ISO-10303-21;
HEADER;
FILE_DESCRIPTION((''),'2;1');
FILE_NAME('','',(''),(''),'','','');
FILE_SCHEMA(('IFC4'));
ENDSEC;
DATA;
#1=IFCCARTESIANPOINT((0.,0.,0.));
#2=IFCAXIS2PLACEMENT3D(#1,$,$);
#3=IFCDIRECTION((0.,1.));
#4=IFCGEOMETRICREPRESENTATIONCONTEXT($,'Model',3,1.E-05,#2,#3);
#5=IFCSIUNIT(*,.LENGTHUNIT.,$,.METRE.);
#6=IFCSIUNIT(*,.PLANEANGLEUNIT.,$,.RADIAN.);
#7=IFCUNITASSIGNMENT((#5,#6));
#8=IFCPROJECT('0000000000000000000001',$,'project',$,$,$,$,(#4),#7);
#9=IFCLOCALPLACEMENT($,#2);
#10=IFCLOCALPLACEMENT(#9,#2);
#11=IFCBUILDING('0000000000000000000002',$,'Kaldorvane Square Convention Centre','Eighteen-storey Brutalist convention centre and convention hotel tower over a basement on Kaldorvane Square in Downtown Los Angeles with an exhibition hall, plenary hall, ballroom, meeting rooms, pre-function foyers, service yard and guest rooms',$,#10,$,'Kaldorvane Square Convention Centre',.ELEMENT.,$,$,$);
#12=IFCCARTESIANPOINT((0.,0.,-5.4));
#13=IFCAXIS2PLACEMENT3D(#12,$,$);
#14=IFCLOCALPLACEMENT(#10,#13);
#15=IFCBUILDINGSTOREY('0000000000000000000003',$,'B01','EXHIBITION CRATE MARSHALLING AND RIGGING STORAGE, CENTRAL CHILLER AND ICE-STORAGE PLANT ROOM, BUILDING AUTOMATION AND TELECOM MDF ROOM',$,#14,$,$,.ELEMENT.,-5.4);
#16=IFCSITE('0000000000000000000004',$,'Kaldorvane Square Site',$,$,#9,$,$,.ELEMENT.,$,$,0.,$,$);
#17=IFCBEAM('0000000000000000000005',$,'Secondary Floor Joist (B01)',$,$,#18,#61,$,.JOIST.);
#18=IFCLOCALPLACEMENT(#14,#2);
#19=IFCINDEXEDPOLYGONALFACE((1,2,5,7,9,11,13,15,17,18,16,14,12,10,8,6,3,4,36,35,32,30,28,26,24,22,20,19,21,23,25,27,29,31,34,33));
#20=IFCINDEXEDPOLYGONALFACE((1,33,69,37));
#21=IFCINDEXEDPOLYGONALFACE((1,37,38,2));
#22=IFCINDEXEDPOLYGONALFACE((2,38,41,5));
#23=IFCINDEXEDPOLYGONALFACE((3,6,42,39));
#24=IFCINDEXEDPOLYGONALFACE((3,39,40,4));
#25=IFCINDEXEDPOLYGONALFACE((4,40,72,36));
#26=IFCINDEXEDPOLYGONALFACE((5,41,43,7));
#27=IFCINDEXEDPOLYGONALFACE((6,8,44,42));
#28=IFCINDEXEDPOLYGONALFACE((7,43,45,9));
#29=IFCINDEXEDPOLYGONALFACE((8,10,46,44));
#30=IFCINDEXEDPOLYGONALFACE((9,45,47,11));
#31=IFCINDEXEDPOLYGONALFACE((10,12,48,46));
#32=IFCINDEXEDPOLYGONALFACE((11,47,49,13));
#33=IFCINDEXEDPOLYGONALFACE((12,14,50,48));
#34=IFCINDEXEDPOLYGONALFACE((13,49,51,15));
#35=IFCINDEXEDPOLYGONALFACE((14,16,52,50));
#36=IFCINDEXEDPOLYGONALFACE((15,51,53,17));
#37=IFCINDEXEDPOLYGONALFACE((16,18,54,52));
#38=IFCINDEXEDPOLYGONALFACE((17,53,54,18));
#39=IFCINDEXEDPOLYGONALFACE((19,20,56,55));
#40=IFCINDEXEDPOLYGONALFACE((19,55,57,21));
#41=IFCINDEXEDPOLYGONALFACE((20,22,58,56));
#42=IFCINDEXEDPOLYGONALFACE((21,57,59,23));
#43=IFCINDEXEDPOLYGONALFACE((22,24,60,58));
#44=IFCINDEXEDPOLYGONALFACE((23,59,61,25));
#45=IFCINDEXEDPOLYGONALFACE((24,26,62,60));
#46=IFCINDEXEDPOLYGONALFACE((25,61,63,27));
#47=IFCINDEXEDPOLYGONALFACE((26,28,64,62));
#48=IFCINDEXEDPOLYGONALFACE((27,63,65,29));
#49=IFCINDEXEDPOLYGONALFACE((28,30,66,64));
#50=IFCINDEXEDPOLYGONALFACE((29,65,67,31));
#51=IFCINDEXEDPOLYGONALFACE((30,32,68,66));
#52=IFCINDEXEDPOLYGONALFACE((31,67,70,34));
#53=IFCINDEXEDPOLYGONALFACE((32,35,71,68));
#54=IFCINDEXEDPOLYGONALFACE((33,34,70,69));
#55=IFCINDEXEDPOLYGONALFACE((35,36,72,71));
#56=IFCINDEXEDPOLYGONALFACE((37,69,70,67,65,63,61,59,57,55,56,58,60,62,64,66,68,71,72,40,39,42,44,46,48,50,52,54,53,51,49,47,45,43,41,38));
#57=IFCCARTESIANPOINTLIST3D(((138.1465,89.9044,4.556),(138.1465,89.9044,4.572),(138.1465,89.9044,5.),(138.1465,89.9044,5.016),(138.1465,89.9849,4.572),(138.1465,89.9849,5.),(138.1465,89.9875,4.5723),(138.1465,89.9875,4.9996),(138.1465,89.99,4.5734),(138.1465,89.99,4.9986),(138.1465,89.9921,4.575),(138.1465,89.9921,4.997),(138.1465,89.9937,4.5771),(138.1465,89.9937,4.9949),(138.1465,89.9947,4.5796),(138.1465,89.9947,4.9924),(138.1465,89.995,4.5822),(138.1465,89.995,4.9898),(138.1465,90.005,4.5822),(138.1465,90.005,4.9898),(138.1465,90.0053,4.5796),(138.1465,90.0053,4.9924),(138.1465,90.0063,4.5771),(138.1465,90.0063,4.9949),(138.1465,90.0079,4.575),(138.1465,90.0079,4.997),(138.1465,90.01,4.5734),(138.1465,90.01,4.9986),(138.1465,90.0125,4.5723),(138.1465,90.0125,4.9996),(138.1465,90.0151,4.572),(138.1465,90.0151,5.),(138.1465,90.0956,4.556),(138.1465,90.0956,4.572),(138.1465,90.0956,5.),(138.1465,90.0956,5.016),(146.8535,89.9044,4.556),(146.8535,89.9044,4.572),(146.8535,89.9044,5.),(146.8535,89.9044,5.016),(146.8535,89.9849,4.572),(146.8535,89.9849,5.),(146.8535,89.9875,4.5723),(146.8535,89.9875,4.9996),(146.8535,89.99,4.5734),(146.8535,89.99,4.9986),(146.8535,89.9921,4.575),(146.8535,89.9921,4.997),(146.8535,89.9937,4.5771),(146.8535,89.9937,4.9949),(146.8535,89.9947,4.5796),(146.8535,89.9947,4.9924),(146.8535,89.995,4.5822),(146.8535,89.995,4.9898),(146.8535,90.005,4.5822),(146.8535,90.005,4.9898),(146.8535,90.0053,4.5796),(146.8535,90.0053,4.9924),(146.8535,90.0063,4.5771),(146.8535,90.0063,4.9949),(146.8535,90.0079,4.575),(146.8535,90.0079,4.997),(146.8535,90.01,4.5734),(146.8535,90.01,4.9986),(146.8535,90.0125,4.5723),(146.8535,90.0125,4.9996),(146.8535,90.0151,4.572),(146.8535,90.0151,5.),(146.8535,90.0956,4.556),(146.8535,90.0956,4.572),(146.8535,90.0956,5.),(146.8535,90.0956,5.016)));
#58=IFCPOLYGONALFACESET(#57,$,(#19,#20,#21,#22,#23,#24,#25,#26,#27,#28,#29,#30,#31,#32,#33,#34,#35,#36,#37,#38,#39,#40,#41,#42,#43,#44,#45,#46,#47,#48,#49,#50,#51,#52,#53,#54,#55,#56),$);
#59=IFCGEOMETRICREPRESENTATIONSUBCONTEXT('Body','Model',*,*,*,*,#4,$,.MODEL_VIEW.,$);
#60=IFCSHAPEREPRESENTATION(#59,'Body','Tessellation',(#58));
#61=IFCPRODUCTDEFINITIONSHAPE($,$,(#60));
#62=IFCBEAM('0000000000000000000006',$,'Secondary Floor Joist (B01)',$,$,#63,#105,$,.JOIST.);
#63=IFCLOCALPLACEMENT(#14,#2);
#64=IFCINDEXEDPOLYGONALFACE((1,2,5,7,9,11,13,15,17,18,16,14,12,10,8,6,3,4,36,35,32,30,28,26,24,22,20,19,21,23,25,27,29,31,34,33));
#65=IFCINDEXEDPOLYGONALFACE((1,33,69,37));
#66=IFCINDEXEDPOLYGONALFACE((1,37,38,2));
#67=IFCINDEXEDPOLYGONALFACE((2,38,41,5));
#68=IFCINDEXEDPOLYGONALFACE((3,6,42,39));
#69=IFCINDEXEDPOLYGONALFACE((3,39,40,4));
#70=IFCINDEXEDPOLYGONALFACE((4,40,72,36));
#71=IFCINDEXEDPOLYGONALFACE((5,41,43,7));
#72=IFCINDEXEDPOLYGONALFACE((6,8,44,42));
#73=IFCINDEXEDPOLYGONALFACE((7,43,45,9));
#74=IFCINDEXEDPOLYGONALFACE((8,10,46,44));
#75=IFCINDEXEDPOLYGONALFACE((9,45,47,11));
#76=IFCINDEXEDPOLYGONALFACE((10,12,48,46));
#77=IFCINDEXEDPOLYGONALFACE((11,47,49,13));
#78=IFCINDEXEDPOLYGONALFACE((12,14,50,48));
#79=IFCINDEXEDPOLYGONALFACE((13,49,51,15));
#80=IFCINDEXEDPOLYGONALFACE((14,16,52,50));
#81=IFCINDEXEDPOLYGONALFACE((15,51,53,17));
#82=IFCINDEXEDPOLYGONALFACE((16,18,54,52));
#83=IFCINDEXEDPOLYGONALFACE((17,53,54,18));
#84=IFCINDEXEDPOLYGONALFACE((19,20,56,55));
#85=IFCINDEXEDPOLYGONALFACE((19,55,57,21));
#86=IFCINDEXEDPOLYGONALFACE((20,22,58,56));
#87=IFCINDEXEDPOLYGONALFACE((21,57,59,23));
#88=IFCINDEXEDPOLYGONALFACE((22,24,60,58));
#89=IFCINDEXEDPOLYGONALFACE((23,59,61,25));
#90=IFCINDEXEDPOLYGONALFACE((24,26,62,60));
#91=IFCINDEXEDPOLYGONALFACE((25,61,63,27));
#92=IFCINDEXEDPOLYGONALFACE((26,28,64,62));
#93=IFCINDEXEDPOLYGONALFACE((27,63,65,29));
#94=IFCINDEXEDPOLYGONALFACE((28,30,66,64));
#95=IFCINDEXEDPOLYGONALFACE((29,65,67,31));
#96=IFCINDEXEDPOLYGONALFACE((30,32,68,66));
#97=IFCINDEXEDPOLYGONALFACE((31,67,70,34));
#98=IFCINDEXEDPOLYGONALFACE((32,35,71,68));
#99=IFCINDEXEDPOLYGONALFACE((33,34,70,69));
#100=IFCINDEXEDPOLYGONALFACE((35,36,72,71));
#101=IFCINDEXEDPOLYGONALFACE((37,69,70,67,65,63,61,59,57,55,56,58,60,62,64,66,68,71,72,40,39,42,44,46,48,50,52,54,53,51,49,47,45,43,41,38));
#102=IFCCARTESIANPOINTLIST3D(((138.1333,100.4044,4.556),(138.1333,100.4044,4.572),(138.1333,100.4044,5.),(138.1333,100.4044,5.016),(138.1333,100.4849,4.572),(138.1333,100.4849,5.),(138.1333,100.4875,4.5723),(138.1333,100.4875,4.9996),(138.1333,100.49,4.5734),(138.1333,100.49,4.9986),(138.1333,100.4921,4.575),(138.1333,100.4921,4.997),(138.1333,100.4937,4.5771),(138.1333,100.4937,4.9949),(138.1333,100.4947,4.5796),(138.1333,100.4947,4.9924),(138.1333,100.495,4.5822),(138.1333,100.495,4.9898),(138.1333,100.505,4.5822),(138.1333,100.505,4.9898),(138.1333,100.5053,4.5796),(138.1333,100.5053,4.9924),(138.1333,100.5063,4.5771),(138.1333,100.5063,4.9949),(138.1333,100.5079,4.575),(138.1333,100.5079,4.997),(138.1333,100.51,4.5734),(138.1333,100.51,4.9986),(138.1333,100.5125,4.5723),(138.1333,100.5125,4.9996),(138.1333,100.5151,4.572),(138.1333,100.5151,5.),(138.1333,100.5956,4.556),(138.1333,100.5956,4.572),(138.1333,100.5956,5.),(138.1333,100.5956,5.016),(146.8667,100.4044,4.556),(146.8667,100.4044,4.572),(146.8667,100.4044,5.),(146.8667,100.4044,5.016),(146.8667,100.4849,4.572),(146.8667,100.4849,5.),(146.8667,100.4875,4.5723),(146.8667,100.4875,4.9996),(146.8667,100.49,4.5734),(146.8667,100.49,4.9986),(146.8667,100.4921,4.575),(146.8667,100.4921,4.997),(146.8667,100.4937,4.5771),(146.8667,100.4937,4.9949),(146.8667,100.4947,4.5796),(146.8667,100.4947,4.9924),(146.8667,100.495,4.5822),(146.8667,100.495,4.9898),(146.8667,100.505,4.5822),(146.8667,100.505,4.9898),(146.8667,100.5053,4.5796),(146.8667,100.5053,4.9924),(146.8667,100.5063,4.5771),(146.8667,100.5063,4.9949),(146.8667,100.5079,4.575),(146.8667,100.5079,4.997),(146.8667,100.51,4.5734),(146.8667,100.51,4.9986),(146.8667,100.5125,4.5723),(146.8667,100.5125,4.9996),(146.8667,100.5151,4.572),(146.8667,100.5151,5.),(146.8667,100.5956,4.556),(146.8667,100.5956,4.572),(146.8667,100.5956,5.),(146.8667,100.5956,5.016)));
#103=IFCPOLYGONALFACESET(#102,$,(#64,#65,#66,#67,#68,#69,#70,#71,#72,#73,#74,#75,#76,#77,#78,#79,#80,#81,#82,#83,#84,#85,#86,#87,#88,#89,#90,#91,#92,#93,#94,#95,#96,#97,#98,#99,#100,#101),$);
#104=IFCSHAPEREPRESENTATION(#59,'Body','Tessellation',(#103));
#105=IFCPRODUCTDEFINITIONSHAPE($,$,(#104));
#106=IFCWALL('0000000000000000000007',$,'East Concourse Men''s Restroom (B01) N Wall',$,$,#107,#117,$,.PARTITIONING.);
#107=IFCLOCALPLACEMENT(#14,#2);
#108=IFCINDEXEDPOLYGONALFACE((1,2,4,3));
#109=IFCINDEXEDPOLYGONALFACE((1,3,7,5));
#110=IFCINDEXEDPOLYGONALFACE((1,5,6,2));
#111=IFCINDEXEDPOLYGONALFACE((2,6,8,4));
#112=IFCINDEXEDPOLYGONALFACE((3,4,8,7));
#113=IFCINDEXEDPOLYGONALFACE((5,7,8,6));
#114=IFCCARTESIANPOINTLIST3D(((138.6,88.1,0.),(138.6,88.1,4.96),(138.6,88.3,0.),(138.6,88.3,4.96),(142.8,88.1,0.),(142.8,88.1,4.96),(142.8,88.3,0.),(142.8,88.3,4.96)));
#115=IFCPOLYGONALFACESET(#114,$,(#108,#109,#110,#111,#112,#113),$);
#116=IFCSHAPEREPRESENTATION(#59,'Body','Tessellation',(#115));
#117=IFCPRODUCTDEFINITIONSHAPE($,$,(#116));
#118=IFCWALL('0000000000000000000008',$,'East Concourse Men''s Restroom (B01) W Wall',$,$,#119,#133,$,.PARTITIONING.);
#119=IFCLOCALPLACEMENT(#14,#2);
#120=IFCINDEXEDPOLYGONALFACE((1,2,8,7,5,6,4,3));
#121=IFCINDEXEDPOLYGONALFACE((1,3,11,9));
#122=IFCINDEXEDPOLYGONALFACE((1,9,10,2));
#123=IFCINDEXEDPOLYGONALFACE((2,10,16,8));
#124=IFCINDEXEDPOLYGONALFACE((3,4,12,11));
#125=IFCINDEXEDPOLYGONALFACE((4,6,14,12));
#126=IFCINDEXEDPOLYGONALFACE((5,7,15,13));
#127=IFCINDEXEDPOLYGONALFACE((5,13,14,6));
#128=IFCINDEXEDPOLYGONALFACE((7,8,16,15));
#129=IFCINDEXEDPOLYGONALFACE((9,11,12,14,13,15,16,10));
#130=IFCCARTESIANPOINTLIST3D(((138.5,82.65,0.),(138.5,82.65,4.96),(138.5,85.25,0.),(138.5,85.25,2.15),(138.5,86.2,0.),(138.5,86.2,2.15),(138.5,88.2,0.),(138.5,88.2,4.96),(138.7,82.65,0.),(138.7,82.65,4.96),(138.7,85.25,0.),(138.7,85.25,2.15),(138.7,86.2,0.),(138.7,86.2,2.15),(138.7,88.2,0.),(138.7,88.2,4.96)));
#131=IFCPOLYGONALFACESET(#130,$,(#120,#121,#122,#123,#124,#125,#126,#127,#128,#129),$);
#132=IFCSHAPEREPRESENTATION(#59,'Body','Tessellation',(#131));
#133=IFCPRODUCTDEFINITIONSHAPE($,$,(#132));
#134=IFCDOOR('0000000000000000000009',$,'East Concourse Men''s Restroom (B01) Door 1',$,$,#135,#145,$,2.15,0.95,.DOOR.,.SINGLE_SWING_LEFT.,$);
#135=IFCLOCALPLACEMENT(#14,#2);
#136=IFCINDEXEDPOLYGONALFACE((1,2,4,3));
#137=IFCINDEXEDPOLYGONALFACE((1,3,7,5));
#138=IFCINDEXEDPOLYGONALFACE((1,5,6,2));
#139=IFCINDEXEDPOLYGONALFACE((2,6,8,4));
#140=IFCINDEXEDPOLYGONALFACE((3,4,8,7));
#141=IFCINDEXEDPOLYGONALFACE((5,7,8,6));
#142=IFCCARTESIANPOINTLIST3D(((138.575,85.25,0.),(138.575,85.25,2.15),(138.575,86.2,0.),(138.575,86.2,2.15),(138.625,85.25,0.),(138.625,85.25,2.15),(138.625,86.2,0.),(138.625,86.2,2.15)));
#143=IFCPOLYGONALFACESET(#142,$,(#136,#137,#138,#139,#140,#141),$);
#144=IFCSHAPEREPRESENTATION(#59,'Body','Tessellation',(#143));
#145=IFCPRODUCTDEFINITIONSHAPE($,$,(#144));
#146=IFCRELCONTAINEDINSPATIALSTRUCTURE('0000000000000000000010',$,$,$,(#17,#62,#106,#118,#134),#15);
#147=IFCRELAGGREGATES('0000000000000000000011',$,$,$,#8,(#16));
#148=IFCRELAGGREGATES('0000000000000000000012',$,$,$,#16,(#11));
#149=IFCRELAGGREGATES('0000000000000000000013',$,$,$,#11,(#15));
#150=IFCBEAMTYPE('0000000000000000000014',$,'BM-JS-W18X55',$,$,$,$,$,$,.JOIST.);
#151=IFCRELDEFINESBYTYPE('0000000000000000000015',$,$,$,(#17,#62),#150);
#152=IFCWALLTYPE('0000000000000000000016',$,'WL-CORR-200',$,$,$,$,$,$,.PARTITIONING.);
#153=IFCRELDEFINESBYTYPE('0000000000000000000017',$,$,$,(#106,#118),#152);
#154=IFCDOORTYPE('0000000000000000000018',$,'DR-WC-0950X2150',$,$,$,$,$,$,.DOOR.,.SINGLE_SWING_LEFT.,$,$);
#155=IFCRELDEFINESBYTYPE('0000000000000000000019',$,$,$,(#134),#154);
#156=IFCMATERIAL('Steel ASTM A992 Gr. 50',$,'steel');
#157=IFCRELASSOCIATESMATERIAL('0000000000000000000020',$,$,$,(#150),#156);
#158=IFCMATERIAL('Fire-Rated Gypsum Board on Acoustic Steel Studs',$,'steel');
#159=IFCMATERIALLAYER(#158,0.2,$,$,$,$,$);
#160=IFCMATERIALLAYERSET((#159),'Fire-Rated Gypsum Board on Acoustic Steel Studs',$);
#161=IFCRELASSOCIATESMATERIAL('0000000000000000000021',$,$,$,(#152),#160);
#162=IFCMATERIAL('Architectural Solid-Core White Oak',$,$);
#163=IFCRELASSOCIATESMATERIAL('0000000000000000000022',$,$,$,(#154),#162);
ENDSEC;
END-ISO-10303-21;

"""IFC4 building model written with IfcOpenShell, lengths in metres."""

from ifc_helpers import new_model, si_unit, direction, frame, frame_2d, origin, origin_2d, place, context, subcontext, project, spatial, rectangle, i_section, extrude, material, layer, layer_set, material_profile, profile_set, type_object, element, fill, save


model = new_model("IFC4")

# Units and contexts
model_context = context("Model", 3, precision=1e-05, world=origin(), true_north=direction((0.0, 1.0)))
body_context = subcontext(model_context, "Body", "Model", "MODEL_VIEW")
ifc_project = project(units=[si_unit("LENGTHUNIT", "METRE"), si_unit("PLANEANGLEUNIT", "RADIAN")], contexts=[model_context])

# Site, building, storey
site_placement = place(None, origin())
site = spatial("IfcSite", under=ifc_project, at=site_placement, Name="Kaldorvane Square Site", CompositionType="ELEMENT", RefElevation=0.0)
building_placement = place(site_placement, origin())
building = spatial("IfcBuilding", under=site, at=building_placement, Name="Kaldorvane Square Convention Centre", Description="Eighteen-storey Brutalist convention centre and convention hotel tower over a basement on Kaldorvane Square in Downtown Los Angeles with an exhibition hall, plenary hall, ballroom, meeting rooms, pre-function foyers, service yard and guest rooms", LongName="Kaldorvane Square Convention Centre", CompositionType="ELEMENT")
storey_placement = place(building_placement, frame((0.0, 0.0, -5.4)))
storey = spatial("IfcBuildingStorey", under=building, at=storey_placement, Name="B01", Description="EXHIBITION CRATE MARSHALLING AND RIGGING STORAGE, CENTRAL CHILLER AND ICE-STORAGE PLANT ROOM, BUILDING AUTOMATION AND TELECOM MDF ROOM", CompositionType="ELEMENT", Elevation=-5.4)

# Shared definitions
ifc_material_1 = material(Name="Steel ASTM A992 Gr. 50", Category="steel")

# Beams
ifc_material_profile_1 = material_profile(ifc_material_1, i_section(OverallWidth=0.1913, OverallDepth=0.46, WebThickness=0.0099, FlangeThickness=0.016, FilletRadius=0.0102, at=origin_2d()), Name="W18X55")
ifc_profile_set_1 = profile_set([ifc_material_profile_1], Name="Steel ASTM A992 Gr. 50")
beam_type_1 = type_object("IfcBeamType", Name="BM-JS-W18X55", PredefinedType="JOIST", material=ifc_profile_set_1)
beam_1_placement = place(storey_placement, frame((138.1465, 90.0, 4.786), z_axis=(1.0, 0.0, 0.0), x_axis=(0.0, 1.0, 0.0)))
element("IfcBeam", 1, at=beam_1_placement, inside=storey, type_object=beam_type_1, Name="Secondary Floor Joist (B01)", PredefinedType="JOIST", context=body_context, shape_type="SweptSolid", body=[
    extrude(i_section(OverallWidth=0.1913, OverallDepth=0.46, WebThickness=0.0099, FlangeThickness=0.016, FilletRadius=0.0102, at=origin_2d()), origin(), (0.0, 0.0, 1.0), 8.707),
])
beam_2_placement = place(storey_placement, frame((138.1333, 100.5, 4.786), z_axis=(1.0, 0.0, 0.0), x_axis=(0.0, 1.0, 0.0)))
element("IfcBeam", 2, at=beam_2_placement, inside=storey, type_object=beam_type_1, Name="Secondary Floor Joist (B01)", PredefinedType="JOIST", context=body_context, shape_type="SweptSolid", body=[
    extrude(i_section(OverallWidth=0.1913, OverallDepth=0.46, WebThickness=0.0099, FlangeThickness=0.016, FilletRadius=0.0102, at=origin_2d()), origin(), (0.0, 0.0, 1.0), 8.7334),
])

# Wall
ifc_material_2 = material(Name="Fire-Rated Gypsum Board on Acoustic Steel Studs", Category="steel")
ifc_layer = layer(ifc_material_2, 0.2)
ifc_layer_set = layer_set([ifc_layer], Name="Fire-Rated Gypsum Board on Acoustic Steel Studs")
wall_type = type_object("IfcWallType", Name="WL-CORR-200", PredefinedType="PARTITIONING", material=ifc_layer_set)
wall_1_placement = place(storey_placement, frame((142.8, 88.2, 0.0), z_axis=(0.0, 0.0, 1.0), x_axis=(-1.0, 0.0, 0.0)))
element("IfcWall", 3, at=wall_1_placement, inside=storey, type_object=wall_type, Name="East Concourse Men's Restroom (B01) N Wall", PredefinedType="PARTITIONING", context=body_context, shape_type="SweptSolid", body=[
    extrude(rectangle(XDim=4.2, YDim=0.2, at=frame_2d((2.1, 0.0))), origin(), (0.0, 0.0, 1.0), 4.96),
])

# Wall, opening, door
wall_2_placement = place(storey_placement, frame((138.6, 88.2, 0.0), z_axis=(0.0, 0.0, 1.0), x_axis=(0.0, -1.0, 0.0)))
wall_2 = element("IfcWall", 4, at=wall_2_placement, inside=storey, type_object=wall_type, Name="East Concourse Men's Restroom (B01) W Wall", PredefinedType="PARTITIONING", context=body_context, shape_type="SweptSolid", body=[
    extrude(rectangle(XDim=5.55, YDim=0.2, at=frame_2d((2.775, 0.0))), origin(), (0.0, 0.0, 1.0), 4.96),
])
opening_placement = place(wall_2_placement, frame((2.0, 0.0, 0.0)))
opening = element("IfcOpeningElement", 5, at=opening_placement, cuts=wall_2, PredefinedType="OPENING", context=body_context, shape_type="SweptSolid", body=[
    extrude(rectangle(XDim=0.95, YDim=2.15, at=frame_2d((0.475, 1.075))), frame((0.0, 0.115, 0.0), z_axis=(0.0, -1.0, 0.0), x_axis=(1.0, 0.0, 0.0)), (0.0, 0.0, 1.0), 0.23),
])
ifc_material_3 = material(Name="Architectural Solid-Core White Oak")
door_type = type_object("IfcDoorType", Name="DR-WC-0950X2150", OperationType="SINGLE_SWING_LEFT", PredefinedType="DOOR", material=ifc_material_3)
door_placement = place(opening_placement, origin())
door = element("IfcDoor", 6, at=door_placement, inside=storey, type_object=door_type, Name="East Concourse Men's Restroom (B01) Door 1", OperationType="SINGLE_SWING_LEFT", OverallHeight=2.15, OverallWidth=0.95, PredefinedType="DOOR", context=body_context, shape_type="SweptSolid", body=[
    extrude(rectangle(XDim=0.95, YDim=2.15, at=frame_2d((0.475, 1.075))), frame((0.0, 0.025, 0.0), z_axis=(0.0, -1.0, 0.0), x_axis=(1.0, 0.0, 0.0)), (0.0, 0.0, 1.0), 0.05),
])
fill(opening, door)

save(model, "model.ifc")
